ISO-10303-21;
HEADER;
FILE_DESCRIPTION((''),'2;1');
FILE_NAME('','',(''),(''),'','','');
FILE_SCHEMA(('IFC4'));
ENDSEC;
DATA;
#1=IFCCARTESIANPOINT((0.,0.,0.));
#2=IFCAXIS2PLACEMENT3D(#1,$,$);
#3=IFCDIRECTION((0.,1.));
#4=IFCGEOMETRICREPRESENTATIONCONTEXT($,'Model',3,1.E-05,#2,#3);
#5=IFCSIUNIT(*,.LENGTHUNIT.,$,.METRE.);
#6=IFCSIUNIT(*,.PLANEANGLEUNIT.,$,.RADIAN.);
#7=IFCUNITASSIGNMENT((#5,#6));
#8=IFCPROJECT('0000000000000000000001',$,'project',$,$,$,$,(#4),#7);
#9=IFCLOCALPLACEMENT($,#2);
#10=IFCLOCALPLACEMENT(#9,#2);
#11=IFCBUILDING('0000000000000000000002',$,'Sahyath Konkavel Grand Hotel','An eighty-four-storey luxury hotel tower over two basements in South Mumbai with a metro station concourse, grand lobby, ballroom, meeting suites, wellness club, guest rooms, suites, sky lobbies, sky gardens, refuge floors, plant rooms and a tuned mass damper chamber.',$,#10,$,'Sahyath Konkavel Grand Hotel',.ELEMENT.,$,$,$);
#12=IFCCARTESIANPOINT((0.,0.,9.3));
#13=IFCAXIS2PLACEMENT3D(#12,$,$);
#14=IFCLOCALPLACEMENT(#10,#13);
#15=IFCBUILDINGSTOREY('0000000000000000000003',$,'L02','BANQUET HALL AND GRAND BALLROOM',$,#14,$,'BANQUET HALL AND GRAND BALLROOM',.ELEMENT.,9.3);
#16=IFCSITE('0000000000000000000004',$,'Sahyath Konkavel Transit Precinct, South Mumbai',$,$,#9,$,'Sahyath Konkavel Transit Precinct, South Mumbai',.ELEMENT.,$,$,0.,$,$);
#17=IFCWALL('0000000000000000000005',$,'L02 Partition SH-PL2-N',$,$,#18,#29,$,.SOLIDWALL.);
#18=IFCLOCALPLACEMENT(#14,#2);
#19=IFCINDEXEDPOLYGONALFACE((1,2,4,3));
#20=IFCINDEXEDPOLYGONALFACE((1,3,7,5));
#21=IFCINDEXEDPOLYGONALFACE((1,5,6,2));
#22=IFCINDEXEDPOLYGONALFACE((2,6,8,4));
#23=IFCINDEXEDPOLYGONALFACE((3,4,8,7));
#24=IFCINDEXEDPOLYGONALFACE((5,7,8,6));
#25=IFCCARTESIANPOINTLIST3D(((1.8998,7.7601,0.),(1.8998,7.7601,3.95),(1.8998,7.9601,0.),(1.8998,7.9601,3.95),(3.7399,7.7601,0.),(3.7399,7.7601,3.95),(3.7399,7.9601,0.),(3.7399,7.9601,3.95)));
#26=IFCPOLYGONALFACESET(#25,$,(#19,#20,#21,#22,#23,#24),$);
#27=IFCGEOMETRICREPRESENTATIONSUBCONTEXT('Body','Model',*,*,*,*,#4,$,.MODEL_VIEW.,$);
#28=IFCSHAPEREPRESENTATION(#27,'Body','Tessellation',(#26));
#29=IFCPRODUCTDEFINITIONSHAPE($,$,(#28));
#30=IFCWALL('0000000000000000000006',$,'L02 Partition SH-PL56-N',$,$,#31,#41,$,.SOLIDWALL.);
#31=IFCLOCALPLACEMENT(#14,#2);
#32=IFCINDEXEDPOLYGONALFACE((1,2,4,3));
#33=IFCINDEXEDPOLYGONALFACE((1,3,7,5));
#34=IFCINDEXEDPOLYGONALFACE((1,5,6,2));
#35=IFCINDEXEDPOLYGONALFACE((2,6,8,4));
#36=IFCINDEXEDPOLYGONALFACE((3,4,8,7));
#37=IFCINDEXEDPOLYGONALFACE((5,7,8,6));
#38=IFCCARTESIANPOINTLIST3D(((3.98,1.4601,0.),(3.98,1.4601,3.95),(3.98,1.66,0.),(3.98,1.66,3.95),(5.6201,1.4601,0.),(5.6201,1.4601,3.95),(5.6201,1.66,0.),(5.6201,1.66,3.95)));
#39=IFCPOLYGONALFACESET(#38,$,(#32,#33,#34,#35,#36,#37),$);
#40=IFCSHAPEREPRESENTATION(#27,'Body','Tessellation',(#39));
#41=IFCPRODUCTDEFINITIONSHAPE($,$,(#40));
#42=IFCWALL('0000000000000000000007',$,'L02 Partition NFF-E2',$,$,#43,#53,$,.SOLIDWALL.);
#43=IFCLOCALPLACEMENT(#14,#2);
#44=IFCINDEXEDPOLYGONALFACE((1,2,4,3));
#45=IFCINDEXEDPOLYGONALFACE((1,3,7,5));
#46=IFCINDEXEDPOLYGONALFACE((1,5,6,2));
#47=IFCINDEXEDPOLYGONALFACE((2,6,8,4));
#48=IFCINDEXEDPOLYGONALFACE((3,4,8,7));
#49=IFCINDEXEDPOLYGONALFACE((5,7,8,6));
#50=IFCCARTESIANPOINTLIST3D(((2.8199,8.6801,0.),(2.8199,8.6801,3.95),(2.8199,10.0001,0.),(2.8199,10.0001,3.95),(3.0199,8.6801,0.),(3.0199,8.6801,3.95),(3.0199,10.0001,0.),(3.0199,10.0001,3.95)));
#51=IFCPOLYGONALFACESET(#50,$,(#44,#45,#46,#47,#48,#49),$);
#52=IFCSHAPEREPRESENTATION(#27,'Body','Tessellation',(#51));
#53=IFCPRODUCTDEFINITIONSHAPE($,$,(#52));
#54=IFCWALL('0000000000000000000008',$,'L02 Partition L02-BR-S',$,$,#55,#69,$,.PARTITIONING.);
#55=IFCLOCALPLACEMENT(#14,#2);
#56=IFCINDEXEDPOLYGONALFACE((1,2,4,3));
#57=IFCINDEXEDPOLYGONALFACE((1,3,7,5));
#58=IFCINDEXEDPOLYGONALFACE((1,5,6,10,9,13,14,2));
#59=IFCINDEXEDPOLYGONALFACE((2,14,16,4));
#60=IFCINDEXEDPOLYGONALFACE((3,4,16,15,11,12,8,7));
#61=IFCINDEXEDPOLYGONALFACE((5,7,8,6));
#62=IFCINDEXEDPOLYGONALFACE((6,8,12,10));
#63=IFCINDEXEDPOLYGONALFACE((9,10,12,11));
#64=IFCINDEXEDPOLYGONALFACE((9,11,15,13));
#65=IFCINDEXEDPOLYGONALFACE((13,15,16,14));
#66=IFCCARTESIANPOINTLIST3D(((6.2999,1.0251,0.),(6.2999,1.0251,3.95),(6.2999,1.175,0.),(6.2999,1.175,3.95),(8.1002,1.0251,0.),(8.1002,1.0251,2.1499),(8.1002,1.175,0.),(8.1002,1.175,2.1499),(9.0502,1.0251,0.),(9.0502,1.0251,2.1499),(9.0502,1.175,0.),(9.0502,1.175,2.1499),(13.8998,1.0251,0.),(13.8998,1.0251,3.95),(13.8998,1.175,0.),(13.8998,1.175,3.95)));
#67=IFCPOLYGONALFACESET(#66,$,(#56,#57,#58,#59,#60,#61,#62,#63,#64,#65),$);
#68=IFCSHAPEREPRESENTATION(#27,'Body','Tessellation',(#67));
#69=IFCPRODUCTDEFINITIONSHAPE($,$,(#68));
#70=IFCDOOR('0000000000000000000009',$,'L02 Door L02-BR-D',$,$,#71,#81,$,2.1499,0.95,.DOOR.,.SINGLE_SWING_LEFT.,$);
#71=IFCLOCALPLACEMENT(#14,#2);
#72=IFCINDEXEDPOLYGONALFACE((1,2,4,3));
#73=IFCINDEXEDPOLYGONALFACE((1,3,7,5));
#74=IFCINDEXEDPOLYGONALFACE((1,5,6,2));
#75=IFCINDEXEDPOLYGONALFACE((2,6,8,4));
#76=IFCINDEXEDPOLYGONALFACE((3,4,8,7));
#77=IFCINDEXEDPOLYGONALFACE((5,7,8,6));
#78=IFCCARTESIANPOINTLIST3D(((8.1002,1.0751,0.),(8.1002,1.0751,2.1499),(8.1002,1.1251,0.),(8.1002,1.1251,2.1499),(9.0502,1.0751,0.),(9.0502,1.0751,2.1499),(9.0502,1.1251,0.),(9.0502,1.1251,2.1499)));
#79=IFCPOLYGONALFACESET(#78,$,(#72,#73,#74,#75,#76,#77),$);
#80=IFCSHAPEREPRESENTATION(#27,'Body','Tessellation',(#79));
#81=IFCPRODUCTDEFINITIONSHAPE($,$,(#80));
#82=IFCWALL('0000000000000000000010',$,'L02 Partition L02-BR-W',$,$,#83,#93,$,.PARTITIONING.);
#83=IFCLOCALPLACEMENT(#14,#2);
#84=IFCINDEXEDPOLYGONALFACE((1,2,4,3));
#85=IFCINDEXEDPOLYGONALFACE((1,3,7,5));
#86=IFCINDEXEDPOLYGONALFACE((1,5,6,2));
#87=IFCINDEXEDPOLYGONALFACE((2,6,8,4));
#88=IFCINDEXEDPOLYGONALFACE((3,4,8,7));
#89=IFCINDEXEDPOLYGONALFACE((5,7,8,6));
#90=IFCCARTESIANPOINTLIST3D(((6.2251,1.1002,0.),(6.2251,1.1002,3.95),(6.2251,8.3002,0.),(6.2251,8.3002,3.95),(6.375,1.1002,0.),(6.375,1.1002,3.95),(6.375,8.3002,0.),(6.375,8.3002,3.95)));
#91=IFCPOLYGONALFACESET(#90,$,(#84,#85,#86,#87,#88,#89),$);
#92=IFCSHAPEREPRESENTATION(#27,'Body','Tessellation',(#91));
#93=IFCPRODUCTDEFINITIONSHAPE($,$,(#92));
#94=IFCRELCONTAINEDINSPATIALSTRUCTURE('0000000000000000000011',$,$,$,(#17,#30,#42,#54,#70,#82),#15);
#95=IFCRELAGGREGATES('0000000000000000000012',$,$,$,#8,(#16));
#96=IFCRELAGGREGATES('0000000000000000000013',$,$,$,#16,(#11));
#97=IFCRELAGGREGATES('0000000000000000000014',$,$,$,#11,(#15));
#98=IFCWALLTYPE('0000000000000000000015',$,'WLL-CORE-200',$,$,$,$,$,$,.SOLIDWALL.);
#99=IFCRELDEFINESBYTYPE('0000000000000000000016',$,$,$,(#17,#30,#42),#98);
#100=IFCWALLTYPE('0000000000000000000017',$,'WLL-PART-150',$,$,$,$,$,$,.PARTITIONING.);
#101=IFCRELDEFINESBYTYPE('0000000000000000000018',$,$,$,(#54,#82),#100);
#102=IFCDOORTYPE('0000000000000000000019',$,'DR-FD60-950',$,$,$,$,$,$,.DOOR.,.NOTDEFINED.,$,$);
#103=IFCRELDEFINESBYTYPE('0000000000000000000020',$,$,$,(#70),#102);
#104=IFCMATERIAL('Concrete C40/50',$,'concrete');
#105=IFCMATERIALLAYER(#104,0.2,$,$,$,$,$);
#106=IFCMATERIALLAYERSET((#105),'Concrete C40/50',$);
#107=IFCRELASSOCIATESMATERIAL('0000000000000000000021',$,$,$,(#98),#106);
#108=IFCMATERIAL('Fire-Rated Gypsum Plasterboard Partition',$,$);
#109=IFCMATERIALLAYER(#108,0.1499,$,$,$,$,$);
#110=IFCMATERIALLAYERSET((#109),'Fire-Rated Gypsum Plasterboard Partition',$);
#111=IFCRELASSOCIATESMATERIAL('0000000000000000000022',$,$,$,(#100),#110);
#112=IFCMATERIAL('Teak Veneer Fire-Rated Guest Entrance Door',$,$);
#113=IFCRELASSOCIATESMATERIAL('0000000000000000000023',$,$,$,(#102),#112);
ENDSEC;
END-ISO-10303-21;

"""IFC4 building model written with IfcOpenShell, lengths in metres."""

from ifc_helpers import new_model, si_unit, direction, frame, frame_2d, origin, origin_2d, place, context, subcontext, project, spatial, rectangle, extrude, source, transform, mapped, material, layer, layer_set, type_object, element, fill, save


model = new_model("IFC4")

# Units and contexts
model_context = context("Model", 3, precision=1e-05, world=origin(), true_north=direction((0.0, 1.0)))
body_context = subcontext(model_context, "Body", "Model", "MODEL_VIEW")
ifc_project = project(units=[si_unit("LENGTHUNIT", "METRE"), si_unit("PLANEANGLEUNIT", "RADIAN")], contexts=[model_context])

# Site, building, storey
site_placement = place(None, origin())
site = spatial("IfcSite", under=ifc_project, at=site_placement, Name="Sahyath Konkavel Transit Precinct, South Mumbai", LongName="Sahyath Konkavel Transit Precinct, South Mumbai", CompositionType="ELEMENT", RefElevation=0.0)
building_placement = place(site_placement, origin())
building = spatial("IfcBuilding", under=site, at=building_placement, Name="Sahyath Konkavel Grand Hotel", Description="An eighty-four-storey luxury hotel tower over two basements in South Mumbai with a metro station concourse, grand lobby, ballroom, meeting suites, wellness club, guest rooms, suites, sky lobbies, sky gardens, refuge floors, plant rooms and a tuned mass damper chamber.", LongName="Sahyath Konkavel Grand Hotel", CompositionType="ELEMENT")
storey_placement = place(building_placement, frame((0.0, 0.0, 9.3)))
storey = spatial("IfcBuildingStorey", under=building, at=storey_placement, Name="L02", Description="BANQUET HALL AND GRAND BALLROOM", LongName="BANQUET HALL AND GRAND BALLROOM", CompositionType="ELEMENT", Elevation=9.3)

# Shared definitions
ifc_material_1 = material(Name="Concrete C40/50", Category="concrete")
ifc_layer_1 = layer(ifc_material_1, 0.2)
ifc_layer_set_1 = layer_set([ifc_layer_1], Name="Concrete C40/50")
wall_type_1 = type_object("IfcWallType", Name="WLL-CORE-200", PredefinedType="SOLIDWALL", material=ifc_layer_set_1)
shared_shape_1 = source(origin(), body_context, "Body", "SweptSolid", [
    extrude(rectangle(XDim=0.95, YDim=0.05, at=origin_2d()), origin(), (0.0, 0.0, 1.0), 2.1499),
])

# Walls
wall_1_placement = place(storey_placement, frame((1.8999, 7.8601, 0.0), z_axis=(0.0, 0.0, 1.0), x_axis=(1.0, 0.0, 0.0)))
element("IfcWall", 1, at=wall_1_placement, inside=storey, type_object=wall_type_1, Name="L02 Partition SH-PL2-N", PredefinedType="SOLIDWALL", context=body_context, shape_type="SweptSolid", body=[
    extrude(rectangle(XDim=1.8401, YDim=0.2, at=frame_2d((0.9199, 0.0))), origin(), (0.0, 0.0, 1.0), 3.95),
])
wall_2_placement = place(storey_placement, frame((3.98, 1.5601, 0.0), z_axis=(0.0, 0.0, 1.0), x_axis=(1.0, 0.0, 0.0)))
element("IfcWall", 2, at=wall_2_placement, inside=storey, type_object=wall_type_1, Name="L02 Partition SH-PL56-N", PredefinedType="SOLIDWALL", context=body_context, shape_type="SweptSolid", body=[
    extrude(rectangle(XDim=1.6401, YDim=0.2, at=frame_2d((0.8201, 0.0))), origin(), (0.0, 0.0, 1.0), 3.95),
])

# Wall
wall_3_placement = place(storey_placement, frame((2.9199, 8.6799, 0.0), z_axis=(0.0, 0.0, 1.0), x_axis=(0.0, 1.0, 0.0)))
element("IfcWall", 3, at=wall_3_placement, inside=storey, type_object=wall_type_1, Name="L02 Partition NFF-E2", PredefinedType="SOLIDWALL", context=body_context, shape_type="SweptSolid", body=[
    extrude(rectangle(XDim=1.3201, YDim=0.2, at=frame_2d((0.6602, 0.0))), origin(), (0.0, 0.0, 1.0), 3.95),
])

# Wall, opening, door
ifc_material_2 = material(Name="Fire-Rated Gypsum Plasterboard Partition")
ifc_layer_2 = layer(ifc_material_2, 0.1499)
ifc_layer_set_2 = layer_set([ifc_layer_2], Name="Fire-Rated Gypsum Plasterboard Partition")
wall_type_2 = type_object("IfcWallType", Name="WLL-PART-150", PredefinedType="PARTITIONING", material=ifc_layer_set_2)
wall_4_placement = place(storey_placement, frame((6.3, 1.1001, 0.0), z_axis=(0.0, 0.0, 1.0), x_axis=(1.0, 0.0, 0.0)))
wall_4 = element("IfcWall", 4, at=wall_4_placement, inside=storey, type_object=wall_type_2, Name="L02 Partition L02-BR-S", PredefinedType="PARTITIONING", context=body_context, shape_type="SweptSolid", body=[
    extrude(rectangle(XDim=7.5999, YDim=0.1499, at=frame_2d((3.7998, 0.0))), origin(), (0.0, 0.0, 1.0), 3.95),
])
opening_1_placement = place(wall_4_placement, frame((1.8, 0.0, 0.0)))
opening_1 = element("IfcOpeningElement", 5, at=opening_1_placement, cuts=wall_4, PredefinedType="OPENING", context=body_context, shape_type="SweptSolid", body=[
    extrude(rectangle(XDim=0.95, YDim=2.1499, at=frame_2d((0.4751, 1.075))), frame((0.0, 0.085, 0.0), z_axis=(0.0, -1.0, 0.0), x_axis=(1.0, 0.0, 0.0)), (0.0, 0.0, 1.0), 0.1699),
])
ifc_material_3 = material(Name="Teak Veneer Fire-Rated Guest Entrance Door")
door_type_1 = type_object("IfcDoorType", Name="DR-FD60-950", OperationType="NOTDEFINED", PredefinedType="DOOR", material=ifc_material_3)
door_1_placement = place(opening_1_placement, frame((0.4751, 0.0, 0.0)))
door_1 = element("IfcDoor", 6, at=door_1_placement, inside=storey, type_object=door_type_1, Name="L02 Door L02-BR-D", OperationType="SINGLE_SWING_LEFT", OverallHeight=2.1499, OverallWidth=0.95, PredefinedType="DOOR", context=body_context, shape_type="MappedRepresentation", body=[
    mapped(shared_shape_1, transform((0.0, 0.0, 0.0), scale=1.0)),
])
fill(opening_1, door_1)

# Wall
wall_5_placement = place(storey_placement, frame((6.3, 1.1001, 0.0), z_axis=(0.0, 0.0, 1.0), x_axis=(0.0, 1.0, 0.0)))
element("IfcWall", 7, at=wall_5_placement, inside=storey, type_object=wall_type_2, Name="L02 Partition L02-BR-W", PredefinedType="PARTITIONING", context=body_context, shape_type="SweptSolid", body=[
    extrude(rectangle(XDim=7.2, YDim=0.1499, at=frame_2d((3.6001, 0.0))), origin(), (0.0, 0.0, 1.0), 3.95),
])

save(model, "model.ifc")
